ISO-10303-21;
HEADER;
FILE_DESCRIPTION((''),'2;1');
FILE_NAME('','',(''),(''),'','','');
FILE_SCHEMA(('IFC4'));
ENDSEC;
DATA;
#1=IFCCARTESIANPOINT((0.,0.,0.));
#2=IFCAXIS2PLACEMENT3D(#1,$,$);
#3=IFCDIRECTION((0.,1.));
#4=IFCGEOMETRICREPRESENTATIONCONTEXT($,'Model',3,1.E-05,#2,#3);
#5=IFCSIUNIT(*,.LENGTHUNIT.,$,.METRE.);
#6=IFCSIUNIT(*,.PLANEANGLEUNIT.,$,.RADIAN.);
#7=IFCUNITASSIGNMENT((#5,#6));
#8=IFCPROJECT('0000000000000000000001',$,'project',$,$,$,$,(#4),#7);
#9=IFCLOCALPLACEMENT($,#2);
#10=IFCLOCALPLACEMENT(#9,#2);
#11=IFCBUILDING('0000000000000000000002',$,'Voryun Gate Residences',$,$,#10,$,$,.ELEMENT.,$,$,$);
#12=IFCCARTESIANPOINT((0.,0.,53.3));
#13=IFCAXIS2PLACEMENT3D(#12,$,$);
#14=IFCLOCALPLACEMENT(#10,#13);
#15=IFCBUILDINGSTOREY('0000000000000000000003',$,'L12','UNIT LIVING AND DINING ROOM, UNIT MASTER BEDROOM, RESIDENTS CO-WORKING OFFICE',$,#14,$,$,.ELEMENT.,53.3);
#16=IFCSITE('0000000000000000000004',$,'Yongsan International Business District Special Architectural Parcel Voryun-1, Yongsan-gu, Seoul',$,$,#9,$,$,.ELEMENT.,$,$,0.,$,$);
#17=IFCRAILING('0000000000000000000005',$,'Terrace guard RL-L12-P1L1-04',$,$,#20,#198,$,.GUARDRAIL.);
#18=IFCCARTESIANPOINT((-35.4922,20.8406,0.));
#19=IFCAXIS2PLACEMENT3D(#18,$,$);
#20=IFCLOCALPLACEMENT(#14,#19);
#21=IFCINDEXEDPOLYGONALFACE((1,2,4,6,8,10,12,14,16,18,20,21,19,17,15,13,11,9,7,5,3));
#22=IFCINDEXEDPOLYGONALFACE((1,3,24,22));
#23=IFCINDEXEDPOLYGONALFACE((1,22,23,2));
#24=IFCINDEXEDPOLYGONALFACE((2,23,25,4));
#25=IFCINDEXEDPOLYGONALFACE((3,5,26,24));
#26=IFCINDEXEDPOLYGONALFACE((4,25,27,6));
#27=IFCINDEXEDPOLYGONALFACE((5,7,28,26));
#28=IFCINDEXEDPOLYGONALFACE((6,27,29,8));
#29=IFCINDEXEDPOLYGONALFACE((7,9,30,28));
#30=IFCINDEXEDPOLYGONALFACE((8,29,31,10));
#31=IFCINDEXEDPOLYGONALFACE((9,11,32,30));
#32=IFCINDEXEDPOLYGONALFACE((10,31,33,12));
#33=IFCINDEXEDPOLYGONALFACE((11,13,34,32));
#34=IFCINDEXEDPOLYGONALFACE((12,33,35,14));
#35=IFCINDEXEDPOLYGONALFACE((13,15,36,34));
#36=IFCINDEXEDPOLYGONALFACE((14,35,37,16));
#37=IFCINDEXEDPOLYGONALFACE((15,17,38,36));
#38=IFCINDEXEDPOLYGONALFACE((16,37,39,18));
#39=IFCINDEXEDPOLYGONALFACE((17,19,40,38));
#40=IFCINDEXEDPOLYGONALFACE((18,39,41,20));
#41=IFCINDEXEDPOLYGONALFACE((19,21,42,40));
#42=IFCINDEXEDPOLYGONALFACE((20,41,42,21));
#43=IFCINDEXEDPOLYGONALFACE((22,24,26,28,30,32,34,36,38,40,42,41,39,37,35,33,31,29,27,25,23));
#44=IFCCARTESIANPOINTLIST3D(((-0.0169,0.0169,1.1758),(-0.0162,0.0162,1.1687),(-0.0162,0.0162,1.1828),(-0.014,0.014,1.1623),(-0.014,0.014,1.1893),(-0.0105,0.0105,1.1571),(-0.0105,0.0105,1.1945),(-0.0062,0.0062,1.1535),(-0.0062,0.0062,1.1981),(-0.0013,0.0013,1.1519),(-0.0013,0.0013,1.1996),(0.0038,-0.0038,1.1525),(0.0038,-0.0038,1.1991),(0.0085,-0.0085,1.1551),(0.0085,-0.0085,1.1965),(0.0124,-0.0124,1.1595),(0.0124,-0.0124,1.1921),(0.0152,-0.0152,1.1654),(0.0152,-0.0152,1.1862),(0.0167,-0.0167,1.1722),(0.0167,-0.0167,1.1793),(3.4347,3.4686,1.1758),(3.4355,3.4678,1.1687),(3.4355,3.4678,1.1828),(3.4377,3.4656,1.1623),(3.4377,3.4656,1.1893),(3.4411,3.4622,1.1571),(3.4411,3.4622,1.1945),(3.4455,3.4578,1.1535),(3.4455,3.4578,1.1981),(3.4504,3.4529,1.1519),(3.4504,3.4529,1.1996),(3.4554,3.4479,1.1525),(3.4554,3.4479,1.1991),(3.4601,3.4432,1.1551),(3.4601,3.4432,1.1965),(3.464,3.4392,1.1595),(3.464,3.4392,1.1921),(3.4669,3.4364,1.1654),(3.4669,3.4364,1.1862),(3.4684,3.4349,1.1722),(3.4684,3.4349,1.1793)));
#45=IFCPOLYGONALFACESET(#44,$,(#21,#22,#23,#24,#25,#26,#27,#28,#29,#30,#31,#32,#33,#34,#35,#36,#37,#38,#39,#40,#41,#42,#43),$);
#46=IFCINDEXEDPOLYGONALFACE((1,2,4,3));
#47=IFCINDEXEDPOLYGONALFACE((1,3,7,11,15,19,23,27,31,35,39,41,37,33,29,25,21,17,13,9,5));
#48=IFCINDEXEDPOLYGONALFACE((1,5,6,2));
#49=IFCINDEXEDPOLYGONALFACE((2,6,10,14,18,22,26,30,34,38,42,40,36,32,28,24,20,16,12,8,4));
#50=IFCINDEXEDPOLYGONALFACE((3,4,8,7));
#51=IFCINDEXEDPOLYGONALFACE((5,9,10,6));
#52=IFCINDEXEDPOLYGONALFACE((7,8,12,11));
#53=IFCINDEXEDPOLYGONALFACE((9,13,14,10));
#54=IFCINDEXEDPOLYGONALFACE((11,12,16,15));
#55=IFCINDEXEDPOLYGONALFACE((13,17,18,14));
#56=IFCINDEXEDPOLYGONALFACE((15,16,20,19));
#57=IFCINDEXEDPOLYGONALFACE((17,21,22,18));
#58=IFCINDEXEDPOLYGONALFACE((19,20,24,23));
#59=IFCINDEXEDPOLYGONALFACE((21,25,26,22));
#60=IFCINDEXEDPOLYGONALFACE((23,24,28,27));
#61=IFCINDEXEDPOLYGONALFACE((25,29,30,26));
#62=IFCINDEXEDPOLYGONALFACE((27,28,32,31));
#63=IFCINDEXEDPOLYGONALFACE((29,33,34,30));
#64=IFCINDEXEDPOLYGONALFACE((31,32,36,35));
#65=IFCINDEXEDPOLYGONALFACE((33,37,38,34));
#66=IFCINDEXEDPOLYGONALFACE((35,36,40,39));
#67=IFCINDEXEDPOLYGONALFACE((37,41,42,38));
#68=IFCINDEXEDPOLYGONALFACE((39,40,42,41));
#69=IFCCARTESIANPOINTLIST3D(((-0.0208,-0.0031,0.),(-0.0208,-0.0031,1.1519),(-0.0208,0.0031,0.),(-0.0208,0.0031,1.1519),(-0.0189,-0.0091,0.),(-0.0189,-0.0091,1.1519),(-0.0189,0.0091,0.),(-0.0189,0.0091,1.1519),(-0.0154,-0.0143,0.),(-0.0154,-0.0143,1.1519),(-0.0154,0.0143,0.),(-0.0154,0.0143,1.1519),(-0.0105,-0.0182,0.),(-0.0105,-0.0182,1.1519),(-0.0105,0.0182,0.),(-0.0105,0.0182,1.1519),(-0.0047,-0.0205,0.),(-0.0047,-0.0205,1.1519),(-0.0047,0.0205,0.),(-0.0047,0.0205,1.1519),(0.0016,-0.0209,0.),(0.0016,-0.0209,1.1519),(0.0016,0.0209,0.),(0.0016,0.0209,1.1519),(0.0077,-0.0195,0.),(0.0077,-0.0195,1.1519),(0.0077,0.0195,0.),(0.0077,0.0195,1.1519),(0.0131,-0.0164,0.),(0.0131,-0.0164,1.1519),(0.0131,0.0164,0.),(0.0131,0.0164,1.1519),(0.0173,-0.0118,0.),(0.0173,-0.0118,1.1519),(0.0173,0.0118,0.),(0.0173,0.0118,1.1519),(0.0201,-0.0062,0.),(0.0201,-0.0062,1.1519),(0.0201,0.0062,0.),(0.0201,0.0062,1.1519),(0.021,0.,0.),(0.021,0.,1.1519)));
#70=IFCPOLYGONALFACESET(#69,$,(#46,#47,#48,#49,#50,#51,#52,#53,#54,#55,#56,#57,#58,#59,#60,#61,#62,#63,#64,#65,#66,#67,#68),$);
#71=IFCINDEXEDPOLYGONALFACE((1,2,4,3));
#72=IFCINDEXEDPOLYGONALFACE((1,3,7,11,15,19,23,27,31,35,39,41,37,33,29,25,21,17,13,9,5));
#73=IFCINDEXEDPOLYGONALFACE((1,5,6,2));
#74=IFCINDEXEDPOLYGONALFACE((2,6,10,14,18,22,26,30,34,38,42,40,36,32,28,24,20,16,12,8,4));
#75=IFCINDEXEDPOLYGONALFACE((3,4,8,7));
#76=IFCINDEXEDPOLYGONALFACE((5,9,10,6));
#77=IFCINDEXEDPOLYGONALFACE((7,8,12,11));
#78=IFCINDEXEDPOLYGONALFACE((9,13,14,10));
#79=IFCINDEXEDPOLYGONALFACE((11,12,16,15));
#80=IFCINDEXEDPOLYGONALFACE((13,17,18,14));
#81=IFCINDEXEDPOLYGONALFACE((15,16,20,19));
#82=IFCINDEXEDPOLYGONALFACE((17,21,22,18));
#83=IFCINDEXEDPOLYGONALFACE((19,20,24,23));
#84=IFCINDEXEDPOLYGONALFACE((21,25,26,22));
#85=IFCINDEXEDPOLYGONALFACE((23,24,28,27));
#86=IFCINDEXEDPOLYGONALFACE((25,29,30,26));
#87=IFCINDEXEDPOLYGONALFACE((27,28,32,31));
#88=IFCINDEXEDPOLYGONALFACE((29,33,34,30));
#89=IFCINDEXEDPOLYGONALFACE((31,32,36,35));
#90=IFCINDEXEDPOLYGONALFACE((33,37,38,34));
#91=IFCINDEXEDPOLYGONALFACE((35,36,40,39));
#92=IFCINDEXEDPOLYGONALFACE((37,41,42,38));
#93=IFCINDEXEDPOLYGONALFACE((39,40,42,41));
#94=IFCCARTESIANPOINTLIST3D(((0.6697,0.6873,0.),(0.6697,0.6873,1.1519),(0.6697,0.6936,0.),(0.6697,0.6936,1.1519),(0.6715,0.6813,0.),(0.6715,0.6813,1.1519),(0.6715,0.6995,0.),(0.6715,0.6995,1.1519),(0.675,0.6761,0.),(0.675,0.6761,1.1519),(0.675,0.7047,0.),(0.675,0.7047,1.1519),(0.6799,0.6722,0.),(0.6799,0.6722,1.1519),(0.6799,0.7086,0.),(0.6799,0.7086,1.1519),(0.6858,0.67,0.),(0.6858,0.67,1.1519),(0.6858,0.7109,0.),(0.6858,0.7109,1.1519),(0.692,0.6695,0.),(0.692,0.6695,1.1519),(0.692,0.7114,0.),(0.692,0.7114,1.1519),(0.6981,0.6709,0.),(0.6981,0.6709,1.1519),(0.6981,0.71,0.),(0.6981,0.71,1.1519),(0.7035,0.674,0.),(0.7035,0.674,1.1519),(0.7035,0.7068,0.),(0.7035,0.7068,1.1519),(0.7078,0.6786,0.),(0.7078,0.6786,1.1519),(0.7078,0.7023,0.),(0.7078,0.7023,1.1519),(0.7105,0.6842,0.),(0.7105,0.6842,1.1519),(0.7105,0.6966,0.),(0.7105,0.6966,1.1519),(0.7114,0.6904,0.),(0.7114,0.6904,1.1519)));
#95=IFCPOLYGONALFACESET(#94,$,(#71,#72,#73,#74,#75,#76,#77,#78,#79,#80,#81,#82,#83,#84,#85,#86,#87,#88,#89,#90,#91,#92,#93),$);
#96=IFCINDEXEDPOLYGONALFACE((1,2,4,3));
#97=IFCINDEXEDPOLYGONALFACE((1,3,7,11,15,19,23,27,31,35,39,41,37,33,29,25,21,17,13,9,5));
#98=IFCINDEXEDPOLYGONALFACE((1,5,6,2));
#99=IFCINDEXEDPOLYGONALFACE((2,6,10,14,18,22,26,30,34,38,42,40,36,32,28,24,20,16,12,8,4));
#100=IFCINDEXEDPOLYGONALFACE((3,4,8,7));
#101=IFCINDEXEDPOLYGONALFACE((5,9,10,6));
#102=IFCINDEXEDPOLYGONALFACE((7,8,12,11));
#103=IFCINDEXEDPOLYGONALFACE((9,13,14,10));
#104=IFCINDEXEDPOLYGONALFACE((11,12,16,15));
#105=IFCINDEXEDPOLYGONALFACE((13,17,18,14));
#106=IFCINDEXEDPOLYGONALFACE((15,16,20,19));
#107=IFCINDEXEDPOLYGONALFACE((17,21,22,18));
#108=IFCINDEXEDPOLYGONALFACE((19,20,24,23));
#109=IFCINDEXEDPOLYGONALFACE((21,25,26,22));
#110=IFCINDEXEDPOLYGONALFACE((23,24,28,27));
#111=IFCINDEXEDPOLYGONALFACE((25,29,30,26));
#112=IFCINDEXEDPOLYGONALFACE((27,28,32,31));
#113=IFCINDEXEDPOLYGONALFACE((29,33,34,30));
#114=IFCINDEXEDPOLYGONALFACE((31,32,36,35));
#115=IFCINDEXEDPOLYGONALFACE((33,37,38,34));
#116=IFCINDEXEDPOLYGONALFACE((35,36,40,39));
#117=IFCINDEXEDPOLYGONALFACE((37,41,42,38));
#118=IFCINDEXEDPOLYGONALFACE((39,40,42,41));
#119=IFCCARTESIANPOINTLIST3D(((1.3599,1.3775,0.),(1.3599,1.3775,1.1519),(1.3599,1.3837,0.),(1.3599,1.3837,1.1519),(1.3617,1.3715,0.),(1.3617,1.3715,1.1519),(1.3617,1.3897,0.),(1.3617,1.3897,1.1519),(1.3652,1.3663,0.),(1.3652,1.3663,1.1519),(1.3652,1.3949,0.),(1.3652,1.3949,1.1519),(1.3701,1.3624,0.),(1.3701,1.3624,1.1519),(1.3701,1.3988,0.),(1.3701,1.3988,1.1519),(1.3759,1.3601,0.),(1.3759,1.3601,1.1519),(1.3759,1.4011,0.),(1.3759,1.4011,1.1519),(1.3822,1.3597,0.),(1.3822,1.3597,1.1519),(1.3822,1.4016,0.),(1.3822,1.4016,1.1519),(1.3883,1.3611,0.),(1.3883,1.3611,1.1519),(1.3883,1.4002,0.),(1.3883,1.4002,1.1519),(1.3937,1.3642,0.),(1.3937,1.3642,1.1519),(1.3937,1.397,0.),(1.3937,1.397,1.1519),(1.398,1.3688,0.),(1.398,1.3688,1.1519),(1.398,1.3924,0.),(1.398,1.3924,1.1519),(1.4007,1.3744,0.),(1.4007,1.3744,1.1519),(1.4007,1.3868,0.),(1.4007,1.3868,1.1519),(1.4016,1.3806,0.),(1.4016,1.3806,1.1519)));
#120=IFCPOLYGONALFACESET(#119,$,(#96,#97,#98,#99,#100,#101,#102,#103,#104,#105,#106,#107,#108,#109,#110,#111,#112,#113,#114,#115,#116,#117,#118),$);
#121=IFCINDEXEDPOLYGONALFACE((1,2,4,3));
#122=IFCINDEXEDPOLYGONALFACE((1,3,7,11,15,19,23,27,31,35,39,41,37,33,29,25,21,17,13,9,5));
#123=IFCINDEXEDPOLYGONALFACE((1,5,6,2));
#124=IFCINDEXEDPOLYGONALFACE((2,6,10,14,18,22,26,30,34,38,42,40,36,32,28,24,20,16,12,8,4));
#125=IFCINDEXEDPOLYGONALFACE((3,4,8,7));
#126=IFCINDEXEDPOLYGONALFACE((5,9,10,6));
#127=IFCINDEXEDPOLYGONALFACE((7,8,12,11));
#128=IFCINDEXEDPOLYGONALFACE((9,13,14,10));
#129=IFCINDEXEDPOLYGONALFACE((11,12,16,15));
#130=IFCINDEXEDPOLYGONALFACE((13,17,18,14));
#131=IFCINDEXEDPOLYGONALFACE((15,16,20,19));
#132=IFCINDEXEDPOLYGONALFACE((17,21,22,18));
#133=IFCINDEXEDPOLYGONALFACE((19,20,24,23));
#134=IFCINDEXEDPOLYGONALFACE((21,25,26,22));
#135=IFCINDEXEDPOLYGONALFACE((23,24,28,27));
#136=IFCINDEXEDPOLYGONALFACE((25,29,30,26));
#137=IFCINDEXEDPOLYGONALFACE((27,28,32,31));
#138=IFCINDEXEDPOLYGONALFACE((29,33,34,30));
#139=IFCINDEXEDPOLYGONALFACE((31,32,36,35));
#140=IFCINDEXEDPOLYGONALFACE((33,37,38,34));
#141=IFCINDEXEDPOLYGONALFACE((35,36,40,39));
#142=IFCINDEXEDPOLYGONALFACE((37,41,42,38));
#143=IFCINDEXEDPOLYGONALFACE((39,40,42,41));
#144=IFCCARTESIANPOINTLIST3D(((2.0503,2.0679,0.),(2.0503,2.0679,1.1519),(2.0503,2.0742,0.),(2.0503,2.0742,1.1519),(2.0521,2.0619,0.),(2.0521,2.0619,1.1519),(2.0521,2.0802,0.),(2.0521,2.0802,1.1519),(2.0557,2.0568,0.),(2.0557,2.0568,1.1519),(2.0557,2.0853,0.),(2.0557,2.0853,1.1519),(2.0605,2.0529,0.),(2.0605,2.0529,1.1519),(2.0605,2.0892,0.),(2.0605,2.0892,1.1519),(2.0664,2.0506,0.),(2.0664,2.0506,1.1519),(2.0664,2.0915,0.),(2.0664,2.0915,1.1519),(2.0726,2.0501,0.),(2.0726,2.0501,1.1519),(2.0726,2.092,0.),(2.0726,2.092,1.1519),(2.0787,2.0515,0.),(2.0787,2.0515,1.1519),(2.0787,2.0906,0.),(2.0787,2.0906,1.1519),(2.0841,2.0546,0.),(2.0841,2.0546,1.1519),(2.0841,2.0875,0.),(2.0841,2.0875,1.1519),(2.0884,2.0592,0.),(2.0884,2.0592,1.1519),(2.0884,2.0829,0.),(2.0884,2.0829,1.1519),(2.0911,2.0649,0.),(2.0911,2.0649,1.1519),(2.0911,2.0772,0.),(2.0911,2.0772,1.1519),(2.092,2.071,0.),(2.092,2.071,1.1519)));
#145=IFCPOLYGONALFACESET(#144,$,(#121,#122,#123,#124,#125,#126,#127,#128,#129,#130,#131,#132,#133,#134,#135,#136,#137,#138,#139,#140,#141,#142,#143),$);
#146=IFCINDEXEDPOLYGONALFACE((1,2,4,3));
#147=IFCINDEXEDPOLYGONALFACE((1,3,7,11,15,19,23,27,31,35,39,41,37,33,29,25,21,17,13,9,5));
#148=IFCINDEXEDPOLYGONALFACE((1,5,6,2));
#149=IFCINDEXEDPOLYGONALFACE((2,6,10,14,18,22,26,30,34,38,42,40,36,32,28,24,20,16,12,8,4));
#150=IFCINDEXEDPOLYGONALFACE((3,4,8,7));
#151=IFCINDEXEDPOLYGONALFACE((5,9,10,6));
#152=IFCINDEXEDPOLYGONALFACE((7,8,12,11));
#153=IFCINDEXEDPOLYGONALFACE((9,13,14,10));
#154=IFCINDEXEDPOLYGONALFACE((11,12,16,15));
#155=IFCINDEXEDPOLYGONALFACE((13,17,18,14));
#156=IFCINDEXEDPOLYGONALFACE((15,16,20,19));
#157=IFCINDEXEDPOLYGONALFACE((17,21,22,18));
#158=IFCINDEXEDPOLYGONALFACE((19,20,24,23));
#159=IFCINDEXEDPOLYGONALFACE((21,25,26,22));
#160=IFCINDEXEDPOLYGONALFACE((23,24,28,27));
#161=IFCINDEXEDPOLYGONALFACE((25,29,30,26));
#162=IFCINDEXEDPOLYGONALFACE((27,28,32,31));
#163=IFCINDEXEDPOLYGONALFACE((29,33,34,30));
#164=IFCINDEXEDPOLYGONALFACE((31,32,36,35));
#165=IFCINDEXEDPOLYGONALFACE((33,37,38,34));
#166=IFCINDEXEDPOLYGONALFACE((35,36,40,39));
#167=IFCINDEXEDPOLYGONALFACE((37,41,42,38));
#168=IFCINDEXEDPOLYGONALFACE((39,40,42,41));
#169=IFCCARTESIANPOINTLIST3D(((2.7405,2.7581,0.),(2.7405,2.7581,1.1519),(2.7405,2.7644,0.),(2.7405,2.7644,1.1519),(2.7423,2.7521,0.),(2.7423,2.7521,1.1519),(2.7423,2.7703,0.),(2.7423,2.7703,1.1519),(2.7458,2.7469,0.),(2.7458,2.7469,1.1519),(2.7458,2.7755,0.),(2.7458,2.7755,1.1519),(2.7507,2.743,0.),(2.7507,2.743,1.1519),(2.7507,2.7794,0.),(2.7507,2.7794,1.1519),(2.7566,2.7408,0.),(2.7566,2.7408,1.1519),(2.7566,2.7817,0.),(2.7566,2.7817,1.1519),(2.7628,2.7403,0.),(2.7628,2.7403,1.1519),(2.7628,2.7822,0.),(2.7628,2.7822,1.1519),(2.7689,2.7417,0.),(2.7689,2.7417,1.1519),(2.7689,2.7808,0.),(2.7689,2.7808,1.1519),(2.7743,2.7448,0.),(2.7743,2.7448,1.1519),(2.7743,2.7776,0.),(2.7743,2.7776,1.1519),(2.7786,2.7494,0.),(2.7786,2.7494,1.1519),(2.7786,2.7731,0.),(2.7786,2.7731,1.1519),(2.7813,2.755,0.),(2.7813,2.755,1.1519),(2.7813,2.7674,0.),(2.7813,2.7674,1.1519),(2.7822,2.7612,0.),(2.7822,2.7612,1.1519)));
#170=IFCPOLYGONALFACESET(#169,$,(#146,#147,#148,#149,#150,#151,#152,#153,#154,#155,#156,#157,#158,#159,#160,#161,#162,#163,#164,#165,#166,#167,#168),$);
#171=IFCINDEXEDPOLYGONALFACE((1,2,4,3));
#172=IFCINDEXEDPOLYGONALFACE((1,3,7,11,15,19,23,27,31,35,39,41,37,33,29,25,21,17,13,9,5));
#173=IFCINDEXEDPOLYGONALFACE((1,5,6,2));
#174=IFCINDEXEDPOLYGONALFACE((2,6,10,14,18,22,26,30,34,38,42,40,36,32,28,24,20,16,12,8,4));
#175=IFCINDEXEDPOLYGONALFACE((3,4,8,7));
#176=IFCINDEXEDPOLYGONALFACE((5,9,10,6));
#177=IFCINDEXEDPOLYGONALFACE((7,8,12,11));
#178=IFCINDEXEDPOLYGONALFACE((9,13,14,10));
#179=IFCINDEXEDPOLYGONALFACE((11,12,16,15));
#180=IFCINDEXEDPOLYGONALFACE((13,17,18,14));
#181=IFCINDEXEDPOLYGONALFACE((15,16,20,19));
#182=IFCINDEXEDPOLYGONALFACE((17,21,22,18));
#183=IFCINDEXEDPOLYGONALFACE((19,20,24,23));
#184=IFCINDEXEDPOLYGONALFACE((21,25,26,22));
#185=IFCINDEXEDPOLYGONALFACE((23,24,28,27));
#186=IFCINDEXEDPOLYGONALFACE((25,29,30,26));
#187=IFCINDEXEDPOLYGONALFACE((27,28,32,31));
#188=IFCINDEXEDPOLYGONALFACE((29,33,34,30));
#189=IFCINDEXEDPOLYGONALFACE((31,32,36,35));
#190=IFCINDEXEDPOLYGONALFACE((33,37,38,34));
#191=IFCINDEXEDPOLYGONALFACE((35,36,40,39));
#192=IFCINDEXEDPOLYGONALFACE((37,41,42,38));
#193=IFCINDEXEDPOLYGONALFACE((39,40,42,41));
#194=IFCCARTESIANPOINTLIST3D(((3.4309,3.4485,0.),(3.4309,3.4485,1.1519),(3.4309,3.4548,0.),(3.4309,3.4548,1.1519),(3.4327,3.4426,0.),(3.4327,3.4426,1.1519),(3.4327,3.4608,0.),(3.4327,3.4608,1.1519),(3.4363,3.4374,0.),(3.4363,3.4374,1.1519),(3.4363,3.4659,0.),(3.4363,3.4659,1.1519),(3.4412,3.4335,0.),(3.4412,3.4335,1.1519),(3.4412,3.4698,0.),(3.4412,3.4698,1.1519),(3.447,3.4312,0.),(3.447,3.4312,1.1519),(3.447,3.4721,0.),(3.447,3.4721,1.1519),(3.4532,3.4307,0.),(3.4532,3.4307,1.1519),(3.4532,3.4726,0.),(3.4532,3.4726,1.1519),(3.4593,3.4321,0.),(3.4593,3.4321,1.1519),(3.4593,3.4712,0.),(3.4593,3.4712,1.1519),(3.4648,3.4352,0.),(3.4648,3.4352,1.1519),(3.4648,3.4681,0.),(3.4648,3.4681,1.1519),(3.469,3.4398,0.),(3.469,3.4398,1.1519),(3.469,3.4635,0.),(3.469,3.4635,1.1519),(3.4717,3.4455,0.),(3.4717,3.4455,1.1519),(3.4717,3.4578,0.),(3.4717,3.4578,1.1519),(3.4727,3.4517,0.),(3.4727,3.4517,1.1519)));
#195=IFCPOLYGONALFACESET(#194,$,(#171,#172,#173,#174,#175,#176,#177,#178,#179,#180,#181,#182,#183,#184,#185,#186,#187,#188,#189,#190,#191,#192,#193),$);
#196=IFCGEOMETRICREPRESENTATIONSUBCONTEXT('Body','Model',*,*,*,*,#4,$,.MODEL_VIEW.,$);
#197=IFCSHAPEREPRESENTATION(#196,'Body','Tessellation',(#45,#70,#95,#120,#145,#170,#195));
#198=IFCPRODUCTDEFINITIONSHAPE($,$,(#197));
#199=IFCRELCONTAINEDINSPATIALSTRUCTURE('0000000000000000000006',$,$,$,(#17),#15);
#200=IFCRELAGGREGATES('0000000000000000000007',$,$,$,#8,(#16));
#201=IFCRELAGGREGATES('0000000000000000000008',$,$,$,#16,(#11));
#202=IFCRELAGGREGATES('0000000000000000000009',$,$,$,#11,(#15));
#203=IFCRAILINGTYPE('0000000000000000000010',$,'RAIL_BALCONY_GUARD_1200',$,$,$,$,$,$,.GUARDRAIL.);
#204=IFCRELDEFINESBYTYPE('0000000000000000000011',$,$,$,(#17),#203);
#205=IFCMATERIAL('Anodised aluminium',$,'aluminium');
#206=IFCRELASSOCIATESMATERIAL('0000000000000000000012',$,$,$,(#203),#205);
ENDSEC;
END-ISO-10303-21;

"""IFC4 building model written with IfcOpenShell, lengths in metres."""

from ifc_helpers import new_model, si_unit, direction, frame, origin, origin_2d, place, context, subcontext, project, spatial, circle, extrude, material, type_object, element, save


model = new_model("IFC4")

# Units and contexts
model_context = context("Model", 3, precision=1e-05, world=origin(), true_north=direction((0.0, 1.0)))
body_context = subcontext(model_context, "Body", "Model", "MODEL_VIEW")
ifc_project = project(units=[si_unit("LENGTHUNIT", "METRE"), si_unit("PLANEANGLEUNIT", "RADIAN")], contexts=[model_context])

# Site, building, storey
site_placement = place(None, origin())
site = spatial("IfcSite", under=ifc_project, at=site_placement, Name="Yongsan International Business District Special Architectural Parcel Voryun-1, Yongsan-gu, Seoul", CompositionType="ELEMENT", RefElevation=0.0)
building_placement = place(site_placement, origin())
building = spatial("IfcBuilding", under=site, at=building_placement, Name="Voryun Gate Residences", CompositionType="ELEMENT")
storey_placement = place(building_placement, frame((0.0, 0.0, 53.3)))
storey = spatial("IfcBuildingStorey", under=building, at=storey_placement, Name="L12", Description="UNIT LIVING AND DINING ROOM, UNIT MASTER BEDROOM, RESIDENTS CO-WORKING OFFICE", CompositionType="ELEMENT", Elevation=53.3)

# Railing
ifc_material_1 = material(Name="Anodised aluminium", Category="aluminium")
railing_type = type_object("IfcRailingType", Name="RAIL_BALCONY_GUARD_1200", PredefinedType="GUARDRAIL", material=ifc_material_1)
railing_1_placement = place(storey_placement, frame((-35.4922, 20.8406, 0.0)))
element("IfcRailing", 1, at=railing_1_placement, inside=storey, type_object=railing_type, Name="Terrace guard RL-L12-P1L1-04", PredefinedType="GUARDRAIL", context=body_context, shape_type="SweptSolid", body=[
    extrude(circle(Radius=0.0239, at=origin_2d()), frame((0.0, 0.0, 1.1758), z_axis=(0.707107, 0.707107, 0.0), x_axis=(-0.707107, 0.707107, 0.0)), (0.0, 0.0, 1.0), 4.8813),
    extrude(circle(Radius=0.021, at=origin_2d()), origin(), (0.0, 0.0, 1.0), 1.1519),
    extrude(circle(Radius=0.021, at=origin_2d()), frame((0.6904, 0.6904, 0.0)), (0.0, 0.0, 1.0), 1.1519),
    extrude(circle(Radius=0.021, at=origin_2d()), frame((1.3806, 1.3806, 0.0)), (0.0, 0.0, 1.0), 1.1519),
    extrude(circle(Radius=0.021, at=origin_2d()), frame((2.071, 2.071, 0.0)), (0.0, 0.0, 1.0), 1.1519),
    extrude(circle(Radius=0.021, at=origin_2d()), frame((2.7612, 2.7612, 0.0)), (0.0, 0.0, 1.0), 1.1519),
    extrude(circle(Radius=0.021, at=origin_2d()), frame((3.4517, 3.4517, 0.0)), (0.0, 0.0, 1.0), 1.1519),
])

save(model, "model.ifc")
